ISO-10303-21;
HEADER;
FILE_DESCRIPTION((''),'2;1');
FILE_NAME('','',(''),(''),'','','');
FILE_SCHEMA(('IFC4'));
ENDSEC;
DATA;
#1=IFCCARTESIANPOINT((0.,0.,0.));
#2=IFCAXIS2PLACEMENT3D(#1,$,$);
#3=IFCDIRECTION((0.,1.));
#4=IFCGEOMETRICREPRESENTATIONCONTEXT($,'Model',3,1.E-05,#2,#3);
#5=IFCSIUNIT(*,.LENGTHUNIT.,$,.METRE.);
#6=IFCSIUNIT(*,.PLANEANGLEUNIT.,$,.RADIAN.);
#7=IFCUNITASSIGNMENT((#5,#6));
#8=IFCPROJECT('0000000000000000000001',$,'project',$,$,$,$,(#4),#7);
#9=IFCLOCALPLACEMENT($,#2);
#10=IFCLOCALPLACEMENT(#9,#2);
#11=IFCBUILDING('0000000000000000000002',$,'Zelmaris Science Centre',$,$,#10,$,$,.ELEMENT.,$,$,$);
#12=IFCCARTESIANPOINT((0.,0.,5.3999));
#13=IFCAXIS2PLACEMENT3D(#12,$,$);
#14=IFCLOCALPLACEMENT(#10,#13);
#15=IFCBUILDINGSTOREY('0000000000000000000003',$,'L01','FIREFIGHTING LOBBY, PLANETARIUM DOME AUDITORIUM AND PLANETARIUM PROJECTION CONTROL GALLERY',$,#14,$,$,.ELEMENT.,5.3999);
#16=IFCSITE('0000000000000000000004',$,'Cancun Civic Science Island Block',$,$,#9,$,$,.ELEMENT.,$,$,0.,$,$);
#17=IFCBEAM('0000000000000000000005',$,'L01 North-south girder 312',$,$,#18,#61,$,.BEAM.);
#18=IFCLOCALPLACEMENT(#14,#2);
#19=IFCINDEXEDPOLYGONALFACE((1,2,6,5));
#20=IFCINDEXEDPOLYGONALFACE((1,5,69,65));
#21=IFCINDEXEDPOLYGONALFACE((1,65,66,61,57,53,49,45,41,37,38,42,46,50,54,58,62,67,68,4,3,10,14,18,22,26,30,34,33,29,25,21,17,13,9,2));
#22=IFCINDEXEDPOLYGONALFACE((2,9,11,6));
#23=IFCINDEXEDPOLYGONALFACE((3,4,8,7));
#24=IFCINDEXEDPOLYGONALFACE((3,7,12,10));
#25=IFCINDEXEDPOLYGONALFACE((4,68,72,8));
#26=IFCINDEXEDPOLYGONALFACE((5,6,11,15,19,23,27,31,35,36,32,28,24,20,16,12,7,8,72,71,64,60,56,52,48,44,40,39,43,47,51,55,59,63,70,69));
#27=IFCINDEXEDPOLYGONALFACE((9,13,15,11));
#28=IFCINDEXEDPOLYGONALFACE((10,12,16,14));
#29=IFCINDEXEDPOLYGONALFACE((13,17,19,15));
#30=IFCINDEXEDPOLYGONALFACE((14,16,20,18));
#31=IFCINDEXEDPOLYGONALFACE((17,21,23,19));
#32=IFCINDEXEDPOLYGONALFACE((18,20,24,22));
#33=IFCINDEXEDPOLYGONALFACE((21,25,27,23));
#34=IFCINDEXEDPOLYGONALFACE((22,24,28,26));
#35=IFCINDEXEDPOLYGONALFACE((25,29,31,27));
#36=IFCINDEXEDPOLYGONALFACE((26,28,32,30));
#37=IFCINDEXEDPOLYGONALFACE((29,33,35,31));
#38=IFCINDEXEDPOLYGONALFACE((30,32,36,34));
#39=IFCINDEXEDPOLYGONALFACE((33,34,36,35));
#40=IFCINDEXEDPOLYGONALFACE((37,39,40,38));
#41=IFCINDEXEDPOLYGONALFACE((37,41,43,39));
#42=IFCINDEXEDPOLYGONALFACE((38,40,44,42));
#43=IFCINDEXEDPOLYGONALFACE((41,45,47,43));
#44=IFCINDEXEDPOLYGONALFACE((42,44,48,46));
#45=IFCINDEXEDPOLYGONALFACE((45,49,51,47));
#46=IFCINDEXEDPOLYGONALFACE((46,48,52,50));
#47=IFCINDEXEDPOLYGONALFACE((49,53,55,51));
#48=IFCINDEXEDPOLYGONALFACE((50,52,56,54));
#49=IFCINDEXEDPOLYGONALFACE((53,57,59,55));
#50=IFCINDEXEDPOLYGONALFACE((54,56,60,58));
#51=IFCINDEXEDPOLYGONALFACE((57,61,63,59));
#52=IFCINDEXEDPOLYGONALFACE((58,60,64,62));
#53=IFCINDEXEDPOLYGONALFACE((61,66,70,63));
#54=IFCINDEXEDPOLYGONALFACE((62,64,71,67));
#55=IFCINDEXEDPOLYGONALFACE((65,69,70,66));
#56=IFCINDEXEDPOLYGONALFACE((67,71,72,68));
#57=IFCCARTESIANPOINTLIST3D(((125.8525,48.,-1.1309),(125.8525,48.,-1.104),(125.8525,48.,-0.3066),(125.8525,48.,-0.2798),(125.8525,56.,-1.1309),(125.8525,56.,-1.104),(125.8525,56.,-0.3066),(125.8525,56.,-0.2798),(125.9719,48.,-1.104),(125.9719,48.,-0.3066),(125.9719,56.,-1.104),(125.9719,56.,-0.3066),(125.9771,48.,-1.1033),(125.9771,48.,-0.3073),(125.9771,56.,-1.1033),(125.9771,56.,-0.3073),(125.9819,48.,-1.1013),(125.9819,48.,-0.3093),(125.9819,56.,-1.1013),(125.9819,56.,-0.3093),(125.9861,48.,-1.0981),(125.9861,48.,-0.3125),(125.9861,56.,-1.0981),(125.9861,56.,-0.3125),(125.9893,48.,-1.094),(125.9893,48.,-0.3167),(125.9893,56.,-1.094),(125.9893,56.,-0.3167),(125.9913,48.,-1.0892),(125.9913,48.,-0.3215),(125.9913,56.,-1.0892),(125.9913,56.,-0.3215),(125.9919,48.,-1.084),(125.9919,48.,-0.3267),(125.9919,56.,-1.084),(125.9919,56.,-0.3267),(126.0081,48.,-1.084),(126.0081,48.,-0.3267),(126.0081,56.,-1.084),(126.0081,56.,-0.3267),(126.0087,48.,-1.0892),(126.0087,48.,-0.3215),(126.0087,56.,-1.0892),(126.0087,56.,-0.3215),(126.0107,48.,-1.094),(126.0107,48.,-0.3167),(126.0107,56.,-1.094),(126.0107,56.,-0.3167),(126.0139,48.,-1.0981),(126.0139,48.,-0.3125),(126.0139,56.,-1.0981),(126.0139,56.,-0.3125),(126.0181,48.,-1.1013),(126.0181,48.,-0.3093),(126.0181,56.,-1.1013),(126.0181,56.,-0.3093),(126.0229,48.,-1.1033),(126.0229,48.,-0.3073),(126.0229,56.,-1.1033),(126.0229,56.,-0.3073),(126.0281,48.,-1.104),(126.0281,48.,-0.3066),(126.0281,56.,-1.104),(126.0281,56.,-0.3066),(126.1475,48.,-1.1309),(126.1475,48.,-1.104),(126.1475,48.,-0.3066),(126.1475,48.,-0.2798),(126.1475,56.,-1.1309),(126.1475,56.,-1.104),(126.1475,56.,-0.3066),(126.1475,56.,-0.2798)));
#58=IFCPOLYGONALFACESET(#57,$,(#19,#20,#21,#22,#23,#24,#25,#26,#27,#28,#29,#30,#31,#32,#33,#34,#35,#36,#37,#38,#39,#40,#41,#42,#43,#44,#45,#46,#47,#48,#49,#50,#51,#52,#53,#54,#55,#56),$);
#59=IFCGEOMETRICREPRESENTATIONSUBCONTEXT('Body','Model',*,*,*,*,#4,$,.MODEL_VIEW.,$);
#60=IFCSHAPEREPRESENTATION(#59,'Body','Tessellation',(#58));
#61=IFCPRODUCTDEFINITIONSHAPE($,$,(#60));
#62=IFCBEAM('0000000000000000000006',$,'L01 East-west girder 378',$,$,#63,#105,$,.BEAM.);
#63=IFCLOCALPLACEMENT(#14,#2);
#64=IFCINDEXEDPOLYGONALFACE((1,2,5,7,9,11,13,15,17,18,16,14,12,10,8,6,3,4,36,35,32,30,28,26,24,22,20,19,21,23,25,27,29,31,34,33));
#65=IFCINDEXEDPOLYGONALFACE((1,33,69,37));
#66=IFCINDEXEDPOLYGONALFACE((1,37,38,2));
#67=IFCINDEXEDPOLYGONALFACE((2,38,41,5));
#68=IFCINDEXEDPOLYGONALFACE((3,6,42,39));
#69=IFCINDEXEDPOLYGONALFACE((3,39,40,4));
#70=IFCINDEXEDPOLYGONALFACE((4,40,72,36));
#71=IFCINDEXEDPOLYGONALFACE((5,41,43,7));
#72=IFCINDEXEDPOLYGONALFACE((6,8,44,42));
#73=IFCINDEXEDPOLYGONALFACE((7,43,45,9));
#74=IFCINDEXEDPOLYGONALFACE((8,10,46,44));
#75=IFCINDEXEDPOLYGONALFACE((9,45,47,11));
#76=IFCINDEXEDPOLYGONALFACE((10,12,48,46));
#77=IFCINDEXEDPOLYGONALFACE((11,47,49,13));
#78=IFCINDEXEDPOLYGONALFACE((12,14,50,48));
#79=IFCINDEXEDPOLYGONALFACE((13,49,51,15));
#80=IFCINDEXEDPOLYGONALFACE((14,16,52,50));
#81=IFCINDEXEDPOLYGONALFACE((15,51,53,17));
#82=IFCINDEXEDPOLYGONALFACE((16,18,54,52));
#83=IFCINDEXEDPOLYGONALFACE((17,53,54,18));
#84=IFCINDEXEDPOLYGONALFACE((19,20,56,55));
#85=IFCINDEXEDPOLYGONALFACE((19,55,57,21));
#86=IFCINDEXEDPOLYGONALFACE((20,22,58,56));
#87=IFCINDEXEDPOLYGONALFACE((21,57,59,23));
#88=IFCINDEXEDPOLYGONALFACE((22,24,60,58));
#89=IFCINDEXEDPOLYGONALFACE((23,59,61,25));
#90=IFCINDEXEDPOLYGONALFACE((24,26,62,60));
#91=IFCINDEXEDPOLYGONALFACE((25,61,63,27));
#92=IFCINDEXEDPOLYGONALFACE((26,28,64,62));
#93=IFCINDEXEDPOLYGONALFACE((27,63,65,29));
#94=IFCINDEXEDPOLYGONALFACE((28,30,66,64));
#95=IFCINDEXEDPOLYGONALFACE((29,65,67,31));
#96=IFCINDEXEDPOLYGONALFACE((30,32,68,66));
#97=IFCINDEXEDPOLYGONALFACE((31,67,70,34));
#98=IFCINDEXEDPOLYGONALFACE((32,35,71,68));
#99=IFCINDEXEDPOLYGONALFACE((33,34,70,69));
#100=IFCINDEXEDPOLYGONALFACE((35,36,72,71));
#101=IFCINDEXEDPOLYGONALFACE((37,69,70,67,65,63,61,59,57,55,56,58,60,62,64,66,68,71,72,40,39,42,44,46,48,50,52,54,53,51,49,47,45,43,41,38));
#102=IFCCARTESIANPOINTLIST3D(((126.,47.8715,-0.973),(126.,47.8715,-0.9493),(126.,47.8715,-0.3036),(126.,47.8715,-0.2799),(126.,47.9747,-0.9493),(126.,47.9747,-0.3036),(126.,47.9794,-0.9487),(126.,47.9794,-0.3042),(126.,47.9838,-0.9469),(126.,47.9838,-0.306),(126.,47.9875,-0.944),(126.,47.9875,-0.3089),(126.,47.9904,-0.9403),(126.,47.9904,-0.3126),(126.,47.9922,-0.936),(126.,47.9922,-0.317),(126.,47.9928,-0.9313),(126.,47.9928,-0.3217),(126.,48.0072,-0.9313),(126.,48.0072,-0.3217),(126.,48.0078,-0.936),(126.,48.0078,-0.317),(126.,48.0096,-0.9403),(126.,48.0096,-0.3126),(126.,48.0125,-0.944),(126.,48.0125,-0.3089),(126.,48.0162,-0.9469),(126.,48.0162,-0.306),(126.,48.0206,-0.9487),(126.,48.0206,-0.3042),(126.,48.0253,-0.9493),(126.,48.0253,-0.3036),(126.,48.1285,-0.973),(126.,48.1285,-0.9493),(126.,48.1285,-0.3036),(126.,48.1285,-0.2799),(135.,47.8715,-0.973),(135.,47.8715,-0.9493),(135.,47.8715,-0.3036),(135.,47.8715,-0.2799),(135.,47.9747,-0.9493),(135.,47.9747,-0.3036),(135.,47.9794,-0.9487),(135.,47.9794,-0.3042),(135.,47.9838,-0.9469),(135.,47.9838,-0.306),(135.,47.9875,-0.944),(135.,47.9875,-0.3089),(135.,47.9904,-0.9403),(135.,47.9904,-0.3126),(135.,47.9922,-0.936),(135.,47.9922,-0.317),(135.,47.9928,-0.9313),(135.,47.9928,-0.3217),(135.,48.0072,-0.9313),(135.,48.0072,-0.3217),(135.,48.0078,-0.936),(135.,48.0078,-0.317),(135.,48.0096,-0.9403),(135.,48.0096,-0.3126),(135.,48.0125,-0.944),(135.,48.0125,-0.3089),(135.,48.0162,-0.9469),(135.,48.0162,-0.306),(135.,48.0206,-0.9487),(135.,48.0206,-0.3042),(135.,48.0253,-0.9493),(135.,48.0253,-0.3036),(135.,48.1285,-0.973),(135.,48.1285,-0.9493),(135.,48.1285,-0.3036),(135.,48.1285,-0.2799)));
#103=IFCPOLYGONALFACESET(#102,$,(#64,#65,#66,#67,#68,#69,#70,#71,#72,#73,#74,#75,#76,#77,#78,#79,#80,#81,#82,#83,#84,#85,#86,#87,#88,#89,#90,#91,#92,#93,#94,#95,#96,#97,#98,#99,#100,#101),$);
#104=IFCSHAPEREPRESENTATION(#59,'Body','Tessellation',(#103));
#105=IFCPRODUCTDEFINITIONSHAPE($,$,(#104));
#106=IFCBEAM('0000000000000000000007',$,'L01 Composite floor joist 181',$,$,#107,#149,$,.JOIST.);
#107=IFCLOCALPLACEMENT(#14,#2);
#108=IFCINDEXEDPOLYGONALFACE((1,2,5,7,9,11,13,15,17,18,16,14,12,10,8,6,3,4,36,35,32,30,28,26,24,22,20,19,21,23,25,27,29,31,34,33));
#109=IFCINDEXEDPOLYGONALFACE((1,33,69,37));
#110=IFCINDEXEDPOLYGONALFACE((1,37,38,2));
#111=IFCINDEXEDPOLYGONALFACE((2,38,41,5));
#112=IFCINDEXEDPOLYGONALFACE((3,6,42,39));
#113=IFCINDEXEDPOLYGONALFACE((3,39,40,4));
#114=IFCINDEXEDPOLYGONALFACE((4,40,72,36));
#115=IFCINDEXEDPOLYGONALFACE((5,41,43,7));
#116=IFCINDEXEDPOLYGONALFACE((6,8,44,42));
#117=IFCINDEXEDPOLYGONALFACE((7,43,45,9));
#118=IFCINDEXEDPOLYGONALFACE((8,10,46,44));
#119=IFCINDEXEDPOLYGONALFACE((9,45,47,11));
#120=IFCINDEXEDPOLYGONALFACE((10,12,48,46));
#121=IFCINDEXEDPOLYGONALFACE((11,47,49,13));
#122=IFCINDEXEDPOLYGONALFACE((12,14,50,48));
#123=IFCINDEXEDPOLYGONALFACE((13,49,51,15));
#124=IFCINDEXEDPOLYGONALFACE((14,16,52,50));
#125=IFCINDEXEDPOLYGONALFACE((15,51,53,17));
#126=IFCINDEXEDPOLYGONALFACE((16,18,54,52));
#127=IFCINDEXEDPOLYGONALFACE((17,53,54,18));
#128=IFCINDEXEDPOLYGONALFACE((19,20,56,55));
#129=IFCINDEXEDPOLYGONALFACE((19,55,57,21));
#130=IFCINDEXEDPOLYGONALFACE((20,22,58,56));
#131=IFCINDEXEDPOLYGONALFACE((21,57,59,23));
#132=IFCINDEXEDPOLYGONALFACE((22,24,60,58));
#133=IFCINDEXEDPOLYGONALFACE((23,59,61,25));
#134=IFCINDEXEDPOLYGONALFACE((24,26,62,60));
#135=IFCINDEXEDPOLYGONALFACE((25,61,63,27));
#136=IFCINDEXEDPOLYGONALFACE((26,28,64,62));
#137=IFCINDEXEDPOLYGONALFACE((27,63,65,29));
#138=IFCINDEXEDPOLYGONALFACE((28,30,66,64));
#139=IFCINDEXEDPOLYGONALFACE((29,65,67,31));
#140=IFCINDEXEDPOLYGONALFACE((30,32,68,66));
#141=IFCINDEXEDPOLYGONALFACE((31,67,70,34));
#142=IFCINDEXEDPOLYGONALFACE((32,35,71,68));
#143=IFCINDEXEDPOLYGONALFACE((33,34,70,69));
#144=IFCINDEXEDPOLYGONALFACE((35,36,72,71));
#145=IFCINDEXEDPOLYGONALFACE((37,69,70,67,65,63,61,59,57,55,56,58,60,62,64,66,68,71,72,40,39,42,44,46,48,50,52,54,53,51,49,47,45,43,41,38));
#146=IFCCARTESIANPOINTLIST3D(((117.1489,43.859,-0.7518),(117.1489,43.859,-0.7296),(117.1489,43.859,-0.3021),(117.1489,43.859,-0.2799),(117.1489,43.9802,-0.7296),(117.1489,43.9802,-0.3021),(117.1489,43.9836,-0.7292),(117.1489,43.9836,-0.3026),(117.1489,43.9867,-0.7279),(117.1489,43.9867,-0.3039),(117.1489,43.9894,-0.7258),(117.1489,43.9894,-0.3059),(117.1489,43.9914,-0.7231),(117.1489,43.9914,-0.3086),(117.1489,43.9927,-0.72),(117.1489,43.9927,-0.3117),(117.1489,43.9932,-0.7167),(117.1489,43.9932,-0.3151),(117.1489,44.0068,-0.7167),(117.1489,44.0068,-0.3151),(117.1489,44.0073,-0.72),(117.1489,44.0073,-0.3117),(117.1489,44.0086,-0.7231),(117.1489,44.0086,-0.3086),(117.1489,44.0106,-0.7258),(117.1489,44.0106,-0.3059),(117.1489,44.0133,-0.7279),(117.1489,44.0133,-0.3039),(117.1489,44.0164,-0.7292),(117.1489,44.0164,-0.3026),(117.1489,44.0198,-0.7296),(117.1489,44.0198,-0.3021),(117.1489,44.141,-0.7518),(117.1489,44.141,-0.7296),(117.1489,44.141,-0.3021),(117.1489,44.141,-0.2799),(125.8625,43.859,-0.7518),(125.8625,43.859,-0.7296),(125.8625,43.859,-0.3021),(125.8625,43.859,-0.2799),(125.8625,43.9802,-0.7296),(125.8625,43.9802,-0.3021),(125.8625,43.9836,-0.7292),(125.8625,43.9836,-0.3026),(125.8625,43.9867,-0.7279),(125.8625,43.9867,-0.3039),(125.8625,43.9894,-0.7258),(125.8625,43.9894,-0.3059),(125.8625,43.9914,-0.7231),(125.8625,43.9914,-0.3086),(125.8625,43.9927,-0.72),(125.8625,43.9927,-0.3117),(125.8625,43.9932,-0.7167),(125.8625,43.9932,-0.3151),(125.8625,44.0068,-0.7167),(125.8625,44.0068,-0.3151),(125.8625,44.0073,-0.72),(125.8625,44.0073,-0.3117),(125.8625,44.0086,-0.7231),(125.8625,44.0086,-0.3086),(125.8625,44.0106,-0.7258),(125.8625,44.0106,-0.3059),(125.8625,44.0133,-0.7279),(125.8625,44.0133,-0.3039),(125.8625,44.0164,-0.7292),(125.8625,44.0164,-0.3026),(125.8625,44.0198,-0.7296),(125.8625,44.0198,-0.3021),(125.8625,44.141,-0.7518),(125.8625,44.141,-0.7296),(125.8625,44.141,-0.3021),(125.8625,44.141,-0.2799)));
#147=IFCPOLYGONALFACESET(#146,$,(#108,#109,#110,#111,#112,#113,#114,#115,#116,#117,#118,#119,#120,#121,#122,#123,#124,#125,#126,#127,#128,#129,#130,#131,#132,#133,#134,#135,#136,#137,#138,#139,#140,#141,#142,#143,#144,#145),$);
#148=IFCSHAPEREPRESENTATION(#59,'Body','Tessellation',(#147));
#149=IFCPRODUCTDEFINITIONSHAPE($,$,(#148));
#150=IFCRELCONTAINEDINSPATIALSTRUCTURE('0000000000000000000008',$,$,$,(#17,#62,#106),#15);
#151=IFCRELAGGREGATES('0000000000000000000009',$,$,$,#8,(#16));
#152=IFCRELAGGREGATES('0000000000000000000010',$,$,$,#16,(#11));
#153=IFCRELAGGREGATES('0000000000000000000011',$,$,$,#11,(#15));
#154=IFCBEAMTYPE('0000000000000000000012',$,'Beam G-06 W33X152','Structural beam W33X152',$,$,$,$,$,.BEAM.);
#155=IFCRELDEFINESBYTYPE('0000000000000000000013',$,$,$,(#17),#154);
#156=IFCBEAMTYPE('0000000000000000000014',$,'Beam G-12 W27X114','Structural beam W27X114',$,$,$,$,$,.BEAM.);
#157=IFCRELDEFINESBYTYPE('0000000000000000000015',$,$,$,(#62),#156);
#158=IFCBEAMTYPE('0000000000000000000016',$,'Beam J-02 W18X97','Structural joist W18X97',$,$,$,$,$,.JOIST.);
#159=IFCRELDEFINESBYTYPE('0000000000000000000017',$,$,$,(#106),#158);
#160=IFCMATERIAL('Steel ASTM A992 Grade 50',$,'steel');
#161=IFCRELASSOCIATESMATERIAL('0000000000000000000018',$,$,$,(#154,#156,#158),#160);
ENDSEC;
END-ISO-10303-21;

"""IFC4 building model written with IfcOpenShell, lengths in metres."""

from ifc_helpers import new_model, si_unit, direction, frame, origin, origin_2d, place, context, subcontext, project, spatial, i_section, extrude, material, material_profile, profile_set, type_object, element, save


model = new_model("IFC4")

# Units and contexts
model_context = context("Model", 3, precision=1e-05, world=origin(), true_north=direction((0.0, 1.0)))
body_context = subcontext(model_context, "Body", "Model", "MODEL_VIEW")
ifc_project = project(units=[si_unit("LENGTHUNIT", "METRE"), si_unit("PLANEANGLEUNIT", "RADIAN")], contexts=[model_context])

# Site, building, storey
site_placement = place(None, origin())
site = spatial("IfcSite", under=ifc_project, at=site_placement, Name="Cancun Civic Science Island Block", CompositionType="ELEMENT", RefElevation=0.0)
building_placement = place(site_placement, origin())
building = spatial("IfcBuilding", under=site, at=building_placement, Name="Zelmaris Science Centre", CompositionType="ELEMENT")
storey_placement = place(building_placement, frame((0.0, 0.0, 5.3999)))
storey = spatial("IfcBuildingStorey", under=building, at=storey_placement, Name="L01", Description="FIREFIGHTING LOBBY, PLANETARIUM DOME AUDITORIUM AND PLANETARIUM PROJECTION CONTROL GALLERY", CompositionType="ELEMENT", Elevation=5.3999)

# Shared definitions
ifc_material_1 = material(Name="Steel ASTM A992 Grade 50", Category="steel")

# Beams
ifc_material_profile_1 = material_profile(ifc_material_1, i_section(OverallWidth=0.2949, OverallDepth=0.8511, WebThickness=0.0161, FlangeThickness=0.0269, FilletRadius=0.02, at=origin_2d()), Name="W33X152")
ifc_profile_set_1 = profile_set([ifc_material_profile_1], Name="Steel ASTM A992 Grade 50")
beam_type_1 = type_object("IfcBeamType", Name="Beam G-06 W33X152", Description="Structural beam W33X152", PredefinedType="BEAM", material=ifc_profile_set_1)
beam_1_placement = place(storey_placement, frame((126.0, 48.0, -0.7053), z_axis=(0.0, 1.0, 0.0), x_axis=(-1.0, 0.0, 0.0)))
element("IfcBeam", 1, at=beam_1_placement, inside=storey, type_object=beam_type_1, Name="L01 North-south girder 312", PredefinedType="BEAM", context=body_context, shape_type="SweptSolid", body=[
    extrude(i_section(OverallWidth=0.2949, OverallDepth=0.8511, WebThickness=0.0161, FlangeThickness=0.0269, FilletRadius=0.02, at=origin_2d()), origin(), (0.0, 0.0, 1.0), 8.0),
])
ifc_material_profile_2 = material_profile(ifc_material_1, i_section(OverallWidth=0.2571, OverallDepth=0.6931, WebThickness=0.0144, FlangeThickness=0.0237, FilletRadius=0.0181, at=origin_2d()), Name="W27X114")
ifc_profile_set_2 = profile_set([ifc_material_profile_2], Name="Steel ASTM A992 Grade 50")
beam_type_2 = type_object("IfcBeamType", Name="Beam G-12 W27X114", Description="Structural beam W27X114", PredefinedType="BEAM", material=ifc_profile_set_2)
beam_2_placement = place(storey_placement, frame((126.0, 48.0, -0.6265), z_axis=(1.0, 0.0, 0.0), x_axis=(0.0, 1.0, 0.0)))
element("IfcBeam", 2, at=beam_2_placement, inside=storey, type_object=beam_type_2, Name="L01 East-west girder 378", PredefinedType="BEAM", context=body_context, shape_type="SweptSolid", body=[
    extrude(i_section(OverallWidth=0.2571, OverallDepth=0.6931, WebThickness=0.0144, FlangeThickness=0.0237, FilletRadius=0.0181, at=origin_2d()), origin(), (0.0, 0.0, 1.0), 9.0),
])
ifc_material_profile_3 = material_profile(ifc_material_1, i_section(OverallWidth=0.282, OverallDepth=0.4719, WebThickness=0.0137, FlangeThickness=0.0222, FilletRadius=0.0129, at=origin_2d()), Name="W18X97")
ifc_profile_set_3 = profile_set([ifc_material_profile_3], Name="Steel ASTM A992 Grade 50")
beam_type_3 = type_object("IfcBeamType", Name="Beam J-02 W18X97", Description="Structural joist W18X97", PredefinedType="JOIST", material=ifc_profile_set_3)
beam_3_placement = place(storey_placement, frame((117.1489, 44.0, -0.5159), z_axis=(1.0, 0.0, 0.0), x_axis=(0.0, 1.0, 0.0)))
element("IfcBeam", 3, at=beam_3_placement, inside=storey, type_object=beam_type_3, Name="L01 Composite floor joist 181", PredefinedType="JOIST", context=body_context, shape_type="SweptSolid", body=[
    extrude(i_section(OverallWidth=0.282, OverallDepth=0.4719, WebThickness=0.0137, FlangeThickness=0.0222, FilletRadius=0.0129, at=origin_2d()), origin(), (0.0, 0.0, 1.0), 8.7136),
])

save(model, "model.ifc")
